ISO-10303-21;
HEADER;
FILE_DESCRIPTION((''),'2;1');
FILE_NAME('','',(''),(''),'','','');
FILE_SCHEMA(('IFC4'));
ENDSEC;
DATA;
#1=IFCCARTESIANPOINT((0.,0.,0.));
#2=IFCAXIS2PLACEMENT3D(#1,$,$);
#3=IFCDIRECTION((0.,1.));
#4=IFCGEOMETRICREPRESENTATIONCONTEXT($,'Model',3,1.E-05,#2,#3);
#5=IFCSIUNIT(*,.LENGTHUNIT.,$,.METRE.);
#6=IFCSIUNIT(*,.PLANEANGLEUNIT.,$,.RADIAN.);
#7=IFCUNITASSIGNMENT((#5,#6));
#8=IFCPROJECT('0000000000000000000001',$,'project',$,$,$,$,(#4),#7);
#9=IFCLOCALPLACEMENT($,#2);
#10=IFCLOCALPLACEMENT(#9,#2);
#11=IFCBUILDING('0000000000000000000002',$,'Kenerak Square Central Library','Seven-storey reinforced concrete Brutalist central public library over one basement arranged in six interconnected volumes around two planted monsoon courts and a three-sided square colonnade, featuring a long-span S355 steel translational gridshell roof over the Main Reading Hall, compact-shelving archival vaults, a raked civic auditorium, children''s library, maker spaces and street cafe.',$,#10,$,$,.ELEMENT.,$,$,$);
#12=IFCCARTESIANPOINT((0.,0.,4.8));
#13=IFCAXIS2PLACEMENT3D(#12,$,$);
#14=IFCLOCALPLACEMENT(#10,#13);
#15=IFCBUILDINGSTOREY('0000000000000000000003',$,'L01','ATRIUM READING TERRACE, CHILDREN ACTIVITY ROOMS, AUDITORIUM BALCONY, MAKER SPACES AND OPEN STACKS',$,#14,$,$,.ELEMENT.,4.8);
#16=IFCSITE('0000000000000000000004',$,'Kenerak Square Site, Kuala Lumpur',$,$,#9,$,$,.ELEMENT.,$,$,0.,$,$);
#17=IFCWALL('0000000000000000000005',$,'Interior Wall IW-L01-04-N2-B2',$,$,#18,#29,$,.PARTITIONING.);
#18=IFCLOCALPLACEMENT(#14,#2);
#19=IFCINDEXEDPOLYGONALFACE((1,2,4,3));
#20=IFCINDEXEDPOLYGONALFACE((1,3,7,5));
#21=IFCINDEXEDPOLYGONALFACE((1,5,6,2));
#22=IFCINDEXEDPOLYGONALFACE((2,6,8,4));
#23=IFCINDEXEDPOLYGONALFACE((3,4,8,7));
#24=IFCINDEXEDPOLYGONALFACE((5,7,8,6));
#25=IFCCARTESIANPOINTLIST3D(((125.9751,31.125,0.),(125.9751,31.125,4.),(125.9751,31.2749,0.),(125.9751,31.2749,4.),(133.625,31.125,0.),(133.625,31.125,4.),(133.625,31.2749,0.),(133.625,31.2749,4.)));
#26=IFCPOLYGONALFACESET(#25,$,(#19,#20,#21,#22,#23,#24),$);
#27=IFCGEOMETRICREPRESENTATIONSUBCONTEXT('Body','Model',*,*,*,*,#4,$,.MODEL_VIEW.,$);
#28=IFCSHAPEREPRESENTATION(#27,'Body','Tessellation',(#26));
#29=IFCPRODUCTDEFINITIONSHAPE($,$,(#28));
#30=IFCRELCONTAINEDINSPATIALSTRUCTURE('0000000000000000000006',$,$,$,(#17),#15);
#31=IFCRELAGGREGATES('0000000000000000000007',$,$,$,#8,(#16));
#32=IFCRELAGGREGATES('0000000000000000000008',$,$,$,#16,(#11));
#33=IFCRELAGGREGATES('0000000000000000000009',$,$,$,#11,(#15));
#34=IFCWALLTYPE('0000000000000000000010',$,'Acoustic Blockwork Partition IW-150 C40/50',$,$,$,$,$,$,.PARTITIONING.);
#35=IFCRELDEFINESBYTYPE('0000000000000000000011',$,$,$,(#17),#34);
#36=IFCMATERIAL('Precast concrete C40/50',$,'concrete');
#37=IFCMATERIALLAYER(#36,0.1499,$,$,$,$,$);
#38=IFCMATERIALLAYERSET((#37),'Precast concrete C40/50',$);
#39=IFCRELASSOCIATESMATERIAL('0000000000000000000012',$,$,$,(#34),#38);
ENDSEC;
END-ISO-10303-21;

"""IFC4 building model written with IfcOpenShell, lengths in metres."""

from ifc_helpers import new_model, si_unit, direction, frame, frame_2d, origin, place, context, subcontext, project, spatial, rectangle, extrude, material, layer, layer_set, type_object, element, save


model = new_model("IFC4")

# Units and contexts
model_context = context("Model", 3, precision=1e-05, world=origin(), true_north=direction((0.0, 1.0)))
body_context = subcontext(model_context, "Body", "Model", "MODEL_VIEW")
ifc_project = project(units=[si_unit("LENGTHUNIT", "METRE"), si_unit("PLANEANGLEUNIT", "RADIAN")], contexts=[model_context])

# Site, building, storey
site_placement = place(None, origin())
site = spatial("IfcSite", under=ifc_project, at=site_placement, Name="Kenerak Square Site, Kuala Lumpur", CompositionType="ELEMENT", RefElevation=0.0)
building_placement = place(site_placement, origin())
building = spatial("IfcBuilding", under=site, at=building_placement, Name="Kenerak Square Central Library", Description="Seven-storey reinforced concrete Brutalist central public library over one basement arranged in six interconnected volumes around two planted monsoon courts and a three-sided square colonnade, featuring a long-span S355 steel translational gridshell roof over the Main Reading Hall, compact-shelving archival vaults, a raked civic auditorium, children's library, maker spaces and street cafe.", CompositionType="ELEMENT")
storey_placement = place(building_placement, frame((0.0, 0.0, 4.8)))
storey = spatial("IfcBuildingStorey", under=building, at=storey_placement, Name="L01", Description="ATRIUM READING TERRACE, CHILDREN ACTIVITY ROOMS, AUDITORIUM BALCONY, MAKER SPACES AND OPEN STACKS", CompositionType="ELEMENT", Elevation=4.8)

# Wall
ifc_material_1 = material(Name="Precast concrete C40/50", Category="concrete")
ifc_layer_1 = layer(ifc_material_1, 0.1499)
ifc_layer_set_1 = layer_set([ifc_layer_1], Name="Precast concrete C40/50")
wall_type = type_object("IfcWallType", Name="Acoustic Blockwork Partition IW-150 C40/50", PredefinedType="PARTITIONING", material=ifc_layer_set_1)
wall_placement = place(storey_placement, frame((125.9751, 31.2, 0.0), z_axis=(0.0, 0.0, 1.0), x_axis=(1.0, 0.0, 0.0)))
element("IfcWall", 1, at=wall_placement, inside=storey, type_object=wall_type, Name="Interior Wall IW-L01-04-N2-B2", PredefinedType="PARTITIONING", context=body_context, shape_type="SweptSolid", body=[
    extrude(rectangle(XDim=7.6499, YDim=0.1499, at=frame_2d((3.825, 0.0))), origin(), (0.0, 0.0, 1.0), 4.0),
])

save(model, "model.ifc")
